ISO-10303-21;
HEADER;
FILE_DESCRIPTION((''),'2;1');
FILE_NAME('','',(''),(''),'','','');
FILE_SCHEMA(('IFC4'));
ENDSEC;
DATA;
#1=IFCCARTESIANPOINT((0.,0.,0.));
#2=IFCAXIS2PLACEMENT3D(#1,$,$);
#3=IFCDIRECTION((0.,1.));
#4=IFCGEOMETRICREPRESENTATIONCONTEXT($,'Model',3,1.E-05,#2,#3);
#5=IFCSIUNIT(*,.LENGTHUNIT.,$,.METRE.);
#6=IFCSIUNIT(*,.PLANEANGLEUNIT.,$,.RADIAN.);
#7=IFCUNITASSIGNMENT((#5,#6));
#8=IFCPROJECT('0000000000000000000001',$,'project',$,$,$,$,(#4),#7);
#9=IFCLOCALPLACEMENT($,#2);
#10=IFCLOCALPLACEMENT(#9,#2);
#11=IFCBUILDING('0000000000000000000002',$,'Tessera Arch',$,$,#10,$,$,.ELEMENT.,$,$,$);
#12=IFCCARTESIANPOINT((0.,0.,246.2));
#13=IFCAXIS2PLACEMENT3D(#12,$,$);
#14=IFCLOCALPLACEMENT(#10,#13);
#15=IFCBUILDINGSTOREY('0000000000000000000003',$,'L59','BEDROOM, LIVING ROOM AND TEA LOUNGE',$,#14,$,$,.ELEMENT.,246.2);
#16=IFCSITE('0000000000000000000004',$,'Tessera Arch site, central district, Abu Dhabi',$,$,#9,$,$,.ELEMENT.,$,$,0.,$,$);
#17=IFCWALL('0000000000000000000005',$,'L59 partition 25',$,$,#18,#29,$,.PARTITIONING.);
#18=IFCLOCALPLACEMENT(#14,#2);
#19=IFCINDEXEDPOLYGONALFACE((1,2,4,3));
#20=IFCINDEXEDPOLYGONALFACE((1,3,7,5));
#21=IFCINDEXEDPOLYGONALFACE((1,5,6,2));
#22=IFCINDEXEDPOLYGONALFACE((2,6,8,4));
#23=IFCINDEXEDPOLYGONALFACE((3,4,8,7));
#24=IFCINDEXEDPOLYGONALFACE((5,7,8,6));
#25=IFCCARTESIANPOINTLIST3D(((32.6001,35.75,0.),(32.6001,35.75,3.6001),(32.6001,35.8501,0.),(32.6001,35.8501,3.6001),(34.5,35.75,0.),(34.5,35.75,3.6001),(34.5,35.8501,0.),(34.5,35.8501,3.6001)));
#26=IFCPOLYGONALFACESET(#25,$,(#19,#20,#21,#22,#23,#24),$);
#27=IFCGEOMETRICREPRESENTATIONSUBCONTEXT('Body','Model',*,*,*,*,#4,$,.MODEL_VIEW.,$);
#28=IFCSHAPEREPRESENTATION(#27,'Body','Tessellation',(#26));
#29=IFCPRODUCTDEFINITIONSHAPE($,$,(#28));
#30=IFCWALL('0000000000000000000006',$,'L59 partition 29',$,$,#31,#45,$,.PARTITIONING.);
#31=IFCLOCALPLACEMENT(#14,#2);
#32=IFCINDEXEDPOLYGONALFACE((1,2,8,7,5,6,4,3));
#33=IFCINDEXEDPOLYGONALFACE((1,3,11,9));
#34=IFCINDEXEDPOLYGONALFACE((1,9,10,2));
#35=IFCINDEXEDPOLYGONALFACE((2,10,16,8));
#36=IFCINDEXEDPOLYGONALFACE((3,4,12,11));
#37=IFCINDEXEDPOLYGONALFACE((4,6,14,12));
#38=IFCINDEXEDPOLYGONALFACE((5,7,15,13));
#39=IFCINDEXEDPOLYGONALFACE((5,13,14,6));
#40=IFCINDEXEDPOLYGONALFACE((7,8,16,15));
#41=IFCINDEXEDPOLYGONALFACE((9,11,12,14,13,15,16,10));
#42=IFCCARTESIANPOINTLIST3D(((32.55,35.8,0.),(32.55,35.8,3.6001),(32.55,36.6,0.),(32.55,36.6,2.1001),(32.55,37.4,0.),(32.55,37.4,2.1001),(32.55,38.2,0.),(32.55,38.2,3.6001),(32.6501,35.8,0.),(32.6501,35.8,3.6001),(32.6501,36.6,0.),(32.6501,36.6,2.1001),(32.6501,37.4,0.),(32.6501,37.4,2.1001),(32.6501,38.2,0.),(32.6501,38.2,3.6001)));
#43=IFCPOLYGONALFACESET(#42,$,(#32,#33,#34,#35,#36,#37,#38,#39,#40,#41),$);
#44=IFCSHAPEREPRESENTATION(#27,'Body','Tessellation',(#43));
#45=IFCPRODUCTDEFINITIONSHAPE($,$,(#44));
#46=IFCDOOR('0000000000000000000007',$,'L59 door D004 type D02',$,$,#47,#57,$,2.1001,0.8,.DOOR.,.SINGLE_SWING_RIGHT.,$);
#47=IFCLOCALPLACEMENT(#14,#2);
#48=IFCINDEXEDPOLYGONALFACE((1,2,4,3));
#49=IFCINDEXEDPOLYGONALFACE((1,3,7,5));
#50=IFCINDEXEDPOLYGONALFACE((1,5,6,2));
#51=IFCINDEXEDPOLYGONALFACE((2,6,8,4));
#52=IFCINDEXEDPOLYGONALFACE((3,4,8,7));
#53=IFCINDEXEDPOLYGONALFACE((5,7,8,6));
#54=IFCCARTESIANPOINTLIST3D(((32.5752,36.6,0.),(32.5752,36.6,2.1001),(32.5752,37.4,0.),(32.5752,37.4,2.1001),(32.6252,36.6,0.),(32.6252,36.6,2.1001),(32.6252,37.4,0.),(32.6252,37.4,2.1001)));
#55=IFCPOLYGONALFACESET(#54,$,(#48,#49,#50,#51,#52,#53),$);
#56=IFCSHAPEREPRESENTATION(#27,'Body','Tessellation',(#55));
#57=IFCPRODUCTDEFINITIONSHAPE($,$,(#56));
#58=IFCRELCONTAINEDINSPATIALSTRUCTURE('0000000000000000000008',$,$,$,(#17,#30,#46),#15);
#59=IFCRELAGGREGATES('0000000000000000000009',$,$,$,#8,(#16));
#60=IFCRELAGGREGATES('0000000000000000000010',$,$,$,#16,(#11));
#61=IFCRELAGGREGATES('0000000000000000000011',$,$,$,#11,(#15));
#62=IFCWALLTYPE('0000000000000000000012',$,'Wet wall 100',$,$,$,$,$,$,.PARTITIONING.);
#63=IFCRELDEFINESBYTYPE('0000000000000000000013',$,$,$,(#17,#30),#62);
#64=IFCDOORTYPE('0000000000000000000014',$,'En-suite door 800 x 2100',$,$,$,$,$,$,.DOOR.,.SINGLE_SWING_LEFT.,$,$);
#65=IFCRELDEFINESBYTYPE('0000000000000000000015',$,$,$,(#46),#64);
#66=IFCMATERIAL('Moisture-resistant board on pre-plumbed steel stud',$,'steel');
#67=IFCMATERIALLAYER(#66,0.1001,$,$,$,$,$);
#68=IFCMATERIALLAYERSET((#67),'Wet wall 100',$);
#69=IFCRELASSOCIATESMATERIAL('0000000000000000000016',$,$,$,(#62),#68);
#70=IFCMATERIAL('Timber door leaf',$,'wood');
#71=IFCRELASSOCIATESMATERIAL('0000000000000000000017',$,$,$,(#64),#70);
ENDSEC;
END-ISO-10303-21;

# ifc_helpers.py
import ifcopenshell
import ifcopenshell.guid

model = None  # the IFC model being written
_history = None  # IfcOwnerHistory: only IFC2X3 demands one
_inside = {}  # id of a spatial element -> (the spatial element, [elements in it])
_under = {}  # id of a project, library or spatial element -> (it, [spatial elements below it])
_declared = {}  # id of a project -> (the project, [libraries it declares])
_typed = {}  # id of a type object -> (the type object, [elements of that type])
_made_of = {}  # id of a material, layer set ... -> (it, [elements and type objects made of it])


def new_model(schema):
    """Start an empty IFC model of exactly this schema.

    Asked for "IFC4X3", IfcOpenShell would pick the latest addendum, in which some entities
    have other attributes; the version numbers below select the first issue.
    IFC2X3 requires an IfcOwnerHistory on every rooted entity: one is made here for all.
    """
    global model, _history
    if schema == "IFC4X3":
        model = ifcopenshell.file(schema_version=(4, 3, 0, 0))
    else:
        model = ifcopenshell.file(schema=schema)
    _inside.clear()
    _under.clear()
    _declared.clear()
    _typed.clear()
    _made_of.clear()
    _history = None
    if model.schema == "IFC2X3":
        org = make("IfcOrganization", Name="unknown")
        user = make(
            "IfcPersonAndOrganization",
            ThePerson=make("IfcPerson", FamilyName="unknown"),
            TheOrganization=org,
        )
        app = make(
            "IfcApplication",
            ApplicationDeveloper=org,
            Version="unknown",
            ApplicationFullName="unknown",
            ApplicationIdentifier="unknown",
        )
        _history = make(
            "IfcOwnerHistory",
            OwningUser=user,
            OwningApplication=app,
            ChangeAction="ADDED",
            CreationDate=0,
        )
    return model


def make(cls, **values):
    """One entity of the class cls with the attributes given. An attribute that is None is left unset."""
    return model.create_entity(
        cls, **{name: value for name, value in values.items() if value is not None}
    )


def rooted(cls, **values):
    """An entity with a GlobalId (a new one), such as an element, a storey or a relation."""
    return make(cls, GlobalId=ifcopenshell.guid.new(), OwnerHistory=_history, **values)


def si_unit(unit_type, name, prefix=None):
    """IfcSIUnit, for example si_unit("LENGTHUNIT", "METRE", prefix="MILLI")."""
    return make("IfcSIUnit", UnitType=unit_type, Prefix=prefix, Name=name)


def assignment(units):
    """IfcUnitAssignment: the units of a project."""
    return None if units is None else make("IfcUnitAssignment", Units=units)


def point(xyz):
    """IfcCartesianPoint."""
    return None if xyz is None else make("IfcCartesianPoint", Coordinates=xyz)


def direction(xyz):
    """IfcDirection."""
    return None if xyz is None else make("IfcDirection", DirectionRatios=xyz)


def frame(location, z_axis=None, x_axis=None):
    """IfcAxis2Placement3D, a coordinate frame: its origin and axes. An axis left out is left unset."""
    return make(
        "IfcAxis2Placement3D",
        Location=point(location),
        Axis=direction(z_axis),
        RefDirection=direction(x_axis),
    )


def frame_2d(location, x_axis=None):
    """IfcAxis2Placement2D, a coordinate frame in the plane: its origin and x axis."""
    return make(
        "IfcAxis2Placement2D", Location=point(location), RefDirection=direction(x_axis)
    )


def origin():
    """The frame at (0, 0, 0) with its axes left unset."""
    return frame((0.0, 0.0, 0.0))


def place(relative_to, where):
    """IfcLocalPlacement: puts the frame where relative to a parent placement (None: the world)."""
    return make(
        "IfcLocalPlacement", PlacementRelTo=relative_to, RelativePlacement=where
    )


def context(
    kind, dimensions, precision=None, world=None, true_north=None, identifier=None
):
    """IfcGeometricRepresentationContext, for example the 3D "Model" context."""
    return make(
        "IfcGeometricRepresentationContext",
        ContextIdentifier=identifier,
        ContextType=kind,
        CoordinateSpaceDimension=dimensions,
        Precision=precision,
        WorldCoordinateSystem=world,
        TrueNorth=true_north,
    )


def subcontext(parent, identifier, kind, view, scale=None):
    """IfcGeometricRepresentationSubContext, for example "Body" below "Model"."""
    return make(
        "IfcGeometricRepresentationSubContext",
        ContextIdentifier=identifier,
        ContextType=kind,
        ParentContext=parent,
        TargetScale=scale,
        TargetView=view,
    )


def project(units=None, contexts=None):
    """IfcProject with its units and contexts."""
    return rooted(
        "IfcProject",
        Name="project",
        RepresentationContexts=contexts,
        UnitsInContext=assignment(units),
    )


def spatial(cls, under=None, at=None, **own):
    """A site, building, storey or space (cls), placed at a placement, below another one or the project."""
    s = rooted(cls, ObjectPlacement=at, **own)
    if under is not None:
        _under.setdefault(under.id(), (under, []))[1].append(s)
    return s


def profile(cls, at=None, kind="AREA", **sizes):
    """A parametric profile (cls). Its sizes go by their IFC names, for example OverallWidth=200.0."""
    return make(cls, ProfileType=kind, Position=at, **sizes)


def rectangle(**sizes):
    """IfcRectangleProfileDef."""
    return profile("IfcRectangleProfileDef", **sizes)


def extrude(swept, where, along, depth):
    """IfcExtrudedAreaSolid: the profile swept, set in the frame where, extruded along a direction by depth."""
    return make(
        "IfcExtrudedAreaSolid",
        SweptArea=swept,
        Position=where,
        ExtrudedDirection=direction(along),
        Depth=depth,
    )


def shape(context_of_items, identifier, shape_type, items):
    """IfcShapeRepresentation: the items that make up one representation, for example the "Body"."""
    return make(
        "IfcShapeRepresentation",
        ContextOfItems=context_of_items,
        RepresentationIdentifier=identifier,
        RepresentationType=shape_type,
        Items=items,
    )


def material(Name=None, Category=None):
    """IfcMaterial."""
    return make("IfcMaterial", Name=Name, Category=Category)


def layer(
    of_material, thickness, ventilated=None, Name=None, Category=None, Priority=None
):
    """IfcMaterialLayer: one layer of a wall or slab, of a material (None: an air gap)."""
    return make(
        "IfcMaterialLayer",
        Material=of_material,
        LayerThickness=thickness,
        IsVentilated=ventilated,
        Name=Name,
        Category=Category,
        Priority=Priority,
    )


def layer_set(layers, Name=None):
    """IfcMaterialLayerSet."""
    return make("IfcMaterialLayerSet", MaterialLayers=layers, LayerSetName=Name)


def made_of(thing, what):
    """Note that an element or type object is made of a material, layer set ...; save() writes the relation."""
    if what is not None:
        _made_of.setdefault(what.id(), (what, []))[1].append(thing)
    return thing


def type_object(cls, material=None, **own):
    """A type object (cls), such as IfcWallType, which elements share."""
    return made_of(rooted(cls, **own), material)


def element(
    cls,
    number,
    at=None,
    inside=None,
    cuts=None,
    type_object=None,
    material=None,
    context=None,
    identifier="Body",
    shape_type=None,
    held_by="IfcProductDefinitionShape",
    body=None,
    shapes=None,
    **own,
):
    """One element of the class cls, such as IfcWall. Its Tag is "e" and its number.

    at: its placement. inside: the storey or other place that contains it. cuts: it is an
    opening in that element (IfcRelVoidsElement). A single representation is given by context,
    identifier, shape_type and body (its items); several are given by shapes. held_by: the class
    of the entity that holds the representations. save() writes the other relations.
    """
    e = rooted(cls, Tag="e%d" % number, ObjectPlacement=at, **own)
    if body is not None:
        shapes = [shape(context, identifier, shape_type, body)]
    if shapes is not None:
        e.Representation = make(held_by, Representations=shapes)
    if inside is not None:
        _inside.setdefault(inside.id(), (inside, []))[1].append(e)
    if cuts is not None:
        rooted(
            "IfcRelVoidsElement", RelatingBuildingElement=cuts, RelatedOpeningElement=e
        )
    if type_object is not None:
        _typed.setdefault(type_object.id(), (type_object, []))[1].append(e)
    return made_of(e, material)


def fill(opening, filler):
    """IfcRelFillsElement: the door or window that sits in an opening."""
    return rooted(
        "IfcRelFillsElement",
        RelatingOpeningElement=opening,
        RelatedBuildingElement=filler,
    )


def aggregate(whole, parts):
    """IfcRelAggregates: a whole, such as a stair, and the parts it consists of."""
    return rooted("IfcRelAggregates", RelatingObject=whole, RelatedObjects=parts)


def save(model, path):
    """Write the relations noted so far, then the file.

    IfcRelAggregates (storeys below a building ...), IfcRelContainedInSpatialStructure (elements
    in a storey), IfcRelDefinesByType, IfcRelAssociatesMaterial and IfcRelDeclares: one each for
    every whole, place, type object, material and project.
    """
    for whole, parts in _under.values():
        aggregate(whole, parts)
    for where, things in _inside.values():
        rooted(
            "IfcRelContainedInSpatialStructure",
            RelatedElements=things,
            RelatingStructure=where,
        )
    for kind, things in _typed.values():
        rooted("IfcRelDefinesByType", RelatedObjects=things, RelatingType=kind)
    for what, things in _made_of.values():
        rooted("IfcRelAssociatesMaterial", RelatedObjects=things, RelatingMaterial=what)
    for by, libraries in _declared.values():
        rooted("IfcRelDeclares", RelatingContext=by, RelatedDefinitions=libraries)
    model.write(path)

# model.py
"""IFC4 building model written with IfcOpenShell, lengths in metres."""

from ifc_helpers import new_model, si_unit, direction, frame, frame_2d, origin, place, context, subcontext, project, spatial, rectangle, extrude, material, layer, layer_set, type_object, element, fill, save


model = new_model("IFC4")

# Units and contexts
model_context = context("Model", 3, precision=1e-05, world=origin(), true_north=direction((0.0, 1.0)))
body_context = subcontext(model_context, "Body", "Model", "MODEL_VIEW")
ifc_project = project(units=[si_unit("LENGTHUNIT", "METRE"), si_unit("PLANEANGLEUNIT", "RADIAN")], contexts=[model_context])

# Site, building, storey
site_placement = place(None, origin())
site = spatial("IfcSite", under=ifc_project, at=site_placement, Name="Tessera Arch site, central district, Abu Dhabi", CompositionType="ELEMENT", RefElevation=0.0)
building_placement = place(site_placement, origin())
building = spatial("IfcBuilding", under=site, at=building_placement, Name="Tessera Arch", CompositionType="ELEMENT")
storey_placement = place(building_placement, frame((0.0, 0.0, 246.2)))
storey = spatial("IfcBuildingStorey", under=building, at=storey_placement, Name="L59", Description="BEDROOM, LIVING ROOM AND TEA LOUNGE", CompositionType="ELEMENT", Elevation=246.2)

# Wall
ifc_material_1 = material(Name="Moisture-resistant board on pre-plumbed steel stud", Category="steel")
ifc_layer_1 = layer(ifc_material_1, 0.1001)
ifc_layer_set_1 = layer_set([ifc_layer_1], Name="Wet wall 100")
wall_type_1 = type_object("IfcWallType", Name="Wet wall 100", PredefinedType="PARTITIONING", material=ifc_layer_set_1)
wall_1_placement = place(storey_placement, frame((32.6001, 35.8, 0.0), z_axis=(0.0, 0.0, 1.0), x_axis=(1.0, 0.0, 0.0)))
element("IfcWall", 1, at=wall_1_placement, inside=storey, type_object=wall_type_1, Name="L59 partition 25", PredefinedType="PARTITIONING", context=body_context, shape_type="SweptSolid", body=[
    extrude(rectangle(XDim=1.8999, YDim=0.1001, at=frame_2d((0.95, 0.0))), origin(), (0.0, 0.0, 1.0), 3.6001),
])

# Wall, opening, door
wall_2_placement = place(storey_placement, frame((32.6001, 35.8, 0.0), z_axis=(0.0, 0.0, 1.0), x_axis=(0.0, 1.0, 0.0)))
wall_2 = element("IfcWall", 2, at=wall_2_placement, inside=storey, type_object=wall_type_1, Name="L59 partition 29", PredefinedType="PARTITIONING", context=body_context, shape_type="SweptSolid", body=[
    extrude(rectangle(XDim=2.3999, YDim=0.1001, at=frame_2d((1.2, 0.0))), origin(), (0.0, 0.0, 1.0), 3.6001),
])
opening_1_placement = place(wall_2_placement, frame((0.8, 0.0, 0.0)))
opening_1 = element("IfcOpeningElement", 3, at=opening_1_placement, cuts=wall_2, PredefinedType="OPENING", context=body_context, shape_type="SweptSolid", body=[
    extrude(rectangle(XDim=0.8, YDim=2.1001, at=frame_2d((0.3999, 1.05))), frame((0.0, 0.0601, 0.0), z_axis=(0.0, -1.0, 0.0), x_axis=(1.0, 0.0, 0.0)), (0.0, 0.0, 1.0), 0.1201),
])
ifc_material_2 = material(Name="Timber door leaf", Category="wood")
door_type_1 = type_object("IfcDoorType", Name="En-suite door 800 x 2100", OperationType="SINGLE_SWING_LEFT", PredefinedType="DOOR", material=ifc_material_2)
door_1_placement = place(opening_1_placement, origin())
door_1 = element("IfcDoor", 4, at=door_1_placement, inside=storey, type_object=door_type_1, Name="L59 door D004 type D02", OperationType="SINGLE_SWING_RIGHT", OverallHeight=2.1001, OverallWidth=0.8, PredefinedType="DOOR", context=body_context, shape_type="SweptSolid", body=[
    extrude(rectangle(XDim=0.8, YDim=2.1001, at=frame_2d((0.3999, 1.05))), frame((0.0, 0.0249, 0.0), z_axis=(0.0, -1.0, 0.0), x_axis=(1.0, 0.0, 0.0)), (0.0, 0.0, 1.0), 0.05),
])
fill(opening_1, door_1)

save(model, "model.ifc")
